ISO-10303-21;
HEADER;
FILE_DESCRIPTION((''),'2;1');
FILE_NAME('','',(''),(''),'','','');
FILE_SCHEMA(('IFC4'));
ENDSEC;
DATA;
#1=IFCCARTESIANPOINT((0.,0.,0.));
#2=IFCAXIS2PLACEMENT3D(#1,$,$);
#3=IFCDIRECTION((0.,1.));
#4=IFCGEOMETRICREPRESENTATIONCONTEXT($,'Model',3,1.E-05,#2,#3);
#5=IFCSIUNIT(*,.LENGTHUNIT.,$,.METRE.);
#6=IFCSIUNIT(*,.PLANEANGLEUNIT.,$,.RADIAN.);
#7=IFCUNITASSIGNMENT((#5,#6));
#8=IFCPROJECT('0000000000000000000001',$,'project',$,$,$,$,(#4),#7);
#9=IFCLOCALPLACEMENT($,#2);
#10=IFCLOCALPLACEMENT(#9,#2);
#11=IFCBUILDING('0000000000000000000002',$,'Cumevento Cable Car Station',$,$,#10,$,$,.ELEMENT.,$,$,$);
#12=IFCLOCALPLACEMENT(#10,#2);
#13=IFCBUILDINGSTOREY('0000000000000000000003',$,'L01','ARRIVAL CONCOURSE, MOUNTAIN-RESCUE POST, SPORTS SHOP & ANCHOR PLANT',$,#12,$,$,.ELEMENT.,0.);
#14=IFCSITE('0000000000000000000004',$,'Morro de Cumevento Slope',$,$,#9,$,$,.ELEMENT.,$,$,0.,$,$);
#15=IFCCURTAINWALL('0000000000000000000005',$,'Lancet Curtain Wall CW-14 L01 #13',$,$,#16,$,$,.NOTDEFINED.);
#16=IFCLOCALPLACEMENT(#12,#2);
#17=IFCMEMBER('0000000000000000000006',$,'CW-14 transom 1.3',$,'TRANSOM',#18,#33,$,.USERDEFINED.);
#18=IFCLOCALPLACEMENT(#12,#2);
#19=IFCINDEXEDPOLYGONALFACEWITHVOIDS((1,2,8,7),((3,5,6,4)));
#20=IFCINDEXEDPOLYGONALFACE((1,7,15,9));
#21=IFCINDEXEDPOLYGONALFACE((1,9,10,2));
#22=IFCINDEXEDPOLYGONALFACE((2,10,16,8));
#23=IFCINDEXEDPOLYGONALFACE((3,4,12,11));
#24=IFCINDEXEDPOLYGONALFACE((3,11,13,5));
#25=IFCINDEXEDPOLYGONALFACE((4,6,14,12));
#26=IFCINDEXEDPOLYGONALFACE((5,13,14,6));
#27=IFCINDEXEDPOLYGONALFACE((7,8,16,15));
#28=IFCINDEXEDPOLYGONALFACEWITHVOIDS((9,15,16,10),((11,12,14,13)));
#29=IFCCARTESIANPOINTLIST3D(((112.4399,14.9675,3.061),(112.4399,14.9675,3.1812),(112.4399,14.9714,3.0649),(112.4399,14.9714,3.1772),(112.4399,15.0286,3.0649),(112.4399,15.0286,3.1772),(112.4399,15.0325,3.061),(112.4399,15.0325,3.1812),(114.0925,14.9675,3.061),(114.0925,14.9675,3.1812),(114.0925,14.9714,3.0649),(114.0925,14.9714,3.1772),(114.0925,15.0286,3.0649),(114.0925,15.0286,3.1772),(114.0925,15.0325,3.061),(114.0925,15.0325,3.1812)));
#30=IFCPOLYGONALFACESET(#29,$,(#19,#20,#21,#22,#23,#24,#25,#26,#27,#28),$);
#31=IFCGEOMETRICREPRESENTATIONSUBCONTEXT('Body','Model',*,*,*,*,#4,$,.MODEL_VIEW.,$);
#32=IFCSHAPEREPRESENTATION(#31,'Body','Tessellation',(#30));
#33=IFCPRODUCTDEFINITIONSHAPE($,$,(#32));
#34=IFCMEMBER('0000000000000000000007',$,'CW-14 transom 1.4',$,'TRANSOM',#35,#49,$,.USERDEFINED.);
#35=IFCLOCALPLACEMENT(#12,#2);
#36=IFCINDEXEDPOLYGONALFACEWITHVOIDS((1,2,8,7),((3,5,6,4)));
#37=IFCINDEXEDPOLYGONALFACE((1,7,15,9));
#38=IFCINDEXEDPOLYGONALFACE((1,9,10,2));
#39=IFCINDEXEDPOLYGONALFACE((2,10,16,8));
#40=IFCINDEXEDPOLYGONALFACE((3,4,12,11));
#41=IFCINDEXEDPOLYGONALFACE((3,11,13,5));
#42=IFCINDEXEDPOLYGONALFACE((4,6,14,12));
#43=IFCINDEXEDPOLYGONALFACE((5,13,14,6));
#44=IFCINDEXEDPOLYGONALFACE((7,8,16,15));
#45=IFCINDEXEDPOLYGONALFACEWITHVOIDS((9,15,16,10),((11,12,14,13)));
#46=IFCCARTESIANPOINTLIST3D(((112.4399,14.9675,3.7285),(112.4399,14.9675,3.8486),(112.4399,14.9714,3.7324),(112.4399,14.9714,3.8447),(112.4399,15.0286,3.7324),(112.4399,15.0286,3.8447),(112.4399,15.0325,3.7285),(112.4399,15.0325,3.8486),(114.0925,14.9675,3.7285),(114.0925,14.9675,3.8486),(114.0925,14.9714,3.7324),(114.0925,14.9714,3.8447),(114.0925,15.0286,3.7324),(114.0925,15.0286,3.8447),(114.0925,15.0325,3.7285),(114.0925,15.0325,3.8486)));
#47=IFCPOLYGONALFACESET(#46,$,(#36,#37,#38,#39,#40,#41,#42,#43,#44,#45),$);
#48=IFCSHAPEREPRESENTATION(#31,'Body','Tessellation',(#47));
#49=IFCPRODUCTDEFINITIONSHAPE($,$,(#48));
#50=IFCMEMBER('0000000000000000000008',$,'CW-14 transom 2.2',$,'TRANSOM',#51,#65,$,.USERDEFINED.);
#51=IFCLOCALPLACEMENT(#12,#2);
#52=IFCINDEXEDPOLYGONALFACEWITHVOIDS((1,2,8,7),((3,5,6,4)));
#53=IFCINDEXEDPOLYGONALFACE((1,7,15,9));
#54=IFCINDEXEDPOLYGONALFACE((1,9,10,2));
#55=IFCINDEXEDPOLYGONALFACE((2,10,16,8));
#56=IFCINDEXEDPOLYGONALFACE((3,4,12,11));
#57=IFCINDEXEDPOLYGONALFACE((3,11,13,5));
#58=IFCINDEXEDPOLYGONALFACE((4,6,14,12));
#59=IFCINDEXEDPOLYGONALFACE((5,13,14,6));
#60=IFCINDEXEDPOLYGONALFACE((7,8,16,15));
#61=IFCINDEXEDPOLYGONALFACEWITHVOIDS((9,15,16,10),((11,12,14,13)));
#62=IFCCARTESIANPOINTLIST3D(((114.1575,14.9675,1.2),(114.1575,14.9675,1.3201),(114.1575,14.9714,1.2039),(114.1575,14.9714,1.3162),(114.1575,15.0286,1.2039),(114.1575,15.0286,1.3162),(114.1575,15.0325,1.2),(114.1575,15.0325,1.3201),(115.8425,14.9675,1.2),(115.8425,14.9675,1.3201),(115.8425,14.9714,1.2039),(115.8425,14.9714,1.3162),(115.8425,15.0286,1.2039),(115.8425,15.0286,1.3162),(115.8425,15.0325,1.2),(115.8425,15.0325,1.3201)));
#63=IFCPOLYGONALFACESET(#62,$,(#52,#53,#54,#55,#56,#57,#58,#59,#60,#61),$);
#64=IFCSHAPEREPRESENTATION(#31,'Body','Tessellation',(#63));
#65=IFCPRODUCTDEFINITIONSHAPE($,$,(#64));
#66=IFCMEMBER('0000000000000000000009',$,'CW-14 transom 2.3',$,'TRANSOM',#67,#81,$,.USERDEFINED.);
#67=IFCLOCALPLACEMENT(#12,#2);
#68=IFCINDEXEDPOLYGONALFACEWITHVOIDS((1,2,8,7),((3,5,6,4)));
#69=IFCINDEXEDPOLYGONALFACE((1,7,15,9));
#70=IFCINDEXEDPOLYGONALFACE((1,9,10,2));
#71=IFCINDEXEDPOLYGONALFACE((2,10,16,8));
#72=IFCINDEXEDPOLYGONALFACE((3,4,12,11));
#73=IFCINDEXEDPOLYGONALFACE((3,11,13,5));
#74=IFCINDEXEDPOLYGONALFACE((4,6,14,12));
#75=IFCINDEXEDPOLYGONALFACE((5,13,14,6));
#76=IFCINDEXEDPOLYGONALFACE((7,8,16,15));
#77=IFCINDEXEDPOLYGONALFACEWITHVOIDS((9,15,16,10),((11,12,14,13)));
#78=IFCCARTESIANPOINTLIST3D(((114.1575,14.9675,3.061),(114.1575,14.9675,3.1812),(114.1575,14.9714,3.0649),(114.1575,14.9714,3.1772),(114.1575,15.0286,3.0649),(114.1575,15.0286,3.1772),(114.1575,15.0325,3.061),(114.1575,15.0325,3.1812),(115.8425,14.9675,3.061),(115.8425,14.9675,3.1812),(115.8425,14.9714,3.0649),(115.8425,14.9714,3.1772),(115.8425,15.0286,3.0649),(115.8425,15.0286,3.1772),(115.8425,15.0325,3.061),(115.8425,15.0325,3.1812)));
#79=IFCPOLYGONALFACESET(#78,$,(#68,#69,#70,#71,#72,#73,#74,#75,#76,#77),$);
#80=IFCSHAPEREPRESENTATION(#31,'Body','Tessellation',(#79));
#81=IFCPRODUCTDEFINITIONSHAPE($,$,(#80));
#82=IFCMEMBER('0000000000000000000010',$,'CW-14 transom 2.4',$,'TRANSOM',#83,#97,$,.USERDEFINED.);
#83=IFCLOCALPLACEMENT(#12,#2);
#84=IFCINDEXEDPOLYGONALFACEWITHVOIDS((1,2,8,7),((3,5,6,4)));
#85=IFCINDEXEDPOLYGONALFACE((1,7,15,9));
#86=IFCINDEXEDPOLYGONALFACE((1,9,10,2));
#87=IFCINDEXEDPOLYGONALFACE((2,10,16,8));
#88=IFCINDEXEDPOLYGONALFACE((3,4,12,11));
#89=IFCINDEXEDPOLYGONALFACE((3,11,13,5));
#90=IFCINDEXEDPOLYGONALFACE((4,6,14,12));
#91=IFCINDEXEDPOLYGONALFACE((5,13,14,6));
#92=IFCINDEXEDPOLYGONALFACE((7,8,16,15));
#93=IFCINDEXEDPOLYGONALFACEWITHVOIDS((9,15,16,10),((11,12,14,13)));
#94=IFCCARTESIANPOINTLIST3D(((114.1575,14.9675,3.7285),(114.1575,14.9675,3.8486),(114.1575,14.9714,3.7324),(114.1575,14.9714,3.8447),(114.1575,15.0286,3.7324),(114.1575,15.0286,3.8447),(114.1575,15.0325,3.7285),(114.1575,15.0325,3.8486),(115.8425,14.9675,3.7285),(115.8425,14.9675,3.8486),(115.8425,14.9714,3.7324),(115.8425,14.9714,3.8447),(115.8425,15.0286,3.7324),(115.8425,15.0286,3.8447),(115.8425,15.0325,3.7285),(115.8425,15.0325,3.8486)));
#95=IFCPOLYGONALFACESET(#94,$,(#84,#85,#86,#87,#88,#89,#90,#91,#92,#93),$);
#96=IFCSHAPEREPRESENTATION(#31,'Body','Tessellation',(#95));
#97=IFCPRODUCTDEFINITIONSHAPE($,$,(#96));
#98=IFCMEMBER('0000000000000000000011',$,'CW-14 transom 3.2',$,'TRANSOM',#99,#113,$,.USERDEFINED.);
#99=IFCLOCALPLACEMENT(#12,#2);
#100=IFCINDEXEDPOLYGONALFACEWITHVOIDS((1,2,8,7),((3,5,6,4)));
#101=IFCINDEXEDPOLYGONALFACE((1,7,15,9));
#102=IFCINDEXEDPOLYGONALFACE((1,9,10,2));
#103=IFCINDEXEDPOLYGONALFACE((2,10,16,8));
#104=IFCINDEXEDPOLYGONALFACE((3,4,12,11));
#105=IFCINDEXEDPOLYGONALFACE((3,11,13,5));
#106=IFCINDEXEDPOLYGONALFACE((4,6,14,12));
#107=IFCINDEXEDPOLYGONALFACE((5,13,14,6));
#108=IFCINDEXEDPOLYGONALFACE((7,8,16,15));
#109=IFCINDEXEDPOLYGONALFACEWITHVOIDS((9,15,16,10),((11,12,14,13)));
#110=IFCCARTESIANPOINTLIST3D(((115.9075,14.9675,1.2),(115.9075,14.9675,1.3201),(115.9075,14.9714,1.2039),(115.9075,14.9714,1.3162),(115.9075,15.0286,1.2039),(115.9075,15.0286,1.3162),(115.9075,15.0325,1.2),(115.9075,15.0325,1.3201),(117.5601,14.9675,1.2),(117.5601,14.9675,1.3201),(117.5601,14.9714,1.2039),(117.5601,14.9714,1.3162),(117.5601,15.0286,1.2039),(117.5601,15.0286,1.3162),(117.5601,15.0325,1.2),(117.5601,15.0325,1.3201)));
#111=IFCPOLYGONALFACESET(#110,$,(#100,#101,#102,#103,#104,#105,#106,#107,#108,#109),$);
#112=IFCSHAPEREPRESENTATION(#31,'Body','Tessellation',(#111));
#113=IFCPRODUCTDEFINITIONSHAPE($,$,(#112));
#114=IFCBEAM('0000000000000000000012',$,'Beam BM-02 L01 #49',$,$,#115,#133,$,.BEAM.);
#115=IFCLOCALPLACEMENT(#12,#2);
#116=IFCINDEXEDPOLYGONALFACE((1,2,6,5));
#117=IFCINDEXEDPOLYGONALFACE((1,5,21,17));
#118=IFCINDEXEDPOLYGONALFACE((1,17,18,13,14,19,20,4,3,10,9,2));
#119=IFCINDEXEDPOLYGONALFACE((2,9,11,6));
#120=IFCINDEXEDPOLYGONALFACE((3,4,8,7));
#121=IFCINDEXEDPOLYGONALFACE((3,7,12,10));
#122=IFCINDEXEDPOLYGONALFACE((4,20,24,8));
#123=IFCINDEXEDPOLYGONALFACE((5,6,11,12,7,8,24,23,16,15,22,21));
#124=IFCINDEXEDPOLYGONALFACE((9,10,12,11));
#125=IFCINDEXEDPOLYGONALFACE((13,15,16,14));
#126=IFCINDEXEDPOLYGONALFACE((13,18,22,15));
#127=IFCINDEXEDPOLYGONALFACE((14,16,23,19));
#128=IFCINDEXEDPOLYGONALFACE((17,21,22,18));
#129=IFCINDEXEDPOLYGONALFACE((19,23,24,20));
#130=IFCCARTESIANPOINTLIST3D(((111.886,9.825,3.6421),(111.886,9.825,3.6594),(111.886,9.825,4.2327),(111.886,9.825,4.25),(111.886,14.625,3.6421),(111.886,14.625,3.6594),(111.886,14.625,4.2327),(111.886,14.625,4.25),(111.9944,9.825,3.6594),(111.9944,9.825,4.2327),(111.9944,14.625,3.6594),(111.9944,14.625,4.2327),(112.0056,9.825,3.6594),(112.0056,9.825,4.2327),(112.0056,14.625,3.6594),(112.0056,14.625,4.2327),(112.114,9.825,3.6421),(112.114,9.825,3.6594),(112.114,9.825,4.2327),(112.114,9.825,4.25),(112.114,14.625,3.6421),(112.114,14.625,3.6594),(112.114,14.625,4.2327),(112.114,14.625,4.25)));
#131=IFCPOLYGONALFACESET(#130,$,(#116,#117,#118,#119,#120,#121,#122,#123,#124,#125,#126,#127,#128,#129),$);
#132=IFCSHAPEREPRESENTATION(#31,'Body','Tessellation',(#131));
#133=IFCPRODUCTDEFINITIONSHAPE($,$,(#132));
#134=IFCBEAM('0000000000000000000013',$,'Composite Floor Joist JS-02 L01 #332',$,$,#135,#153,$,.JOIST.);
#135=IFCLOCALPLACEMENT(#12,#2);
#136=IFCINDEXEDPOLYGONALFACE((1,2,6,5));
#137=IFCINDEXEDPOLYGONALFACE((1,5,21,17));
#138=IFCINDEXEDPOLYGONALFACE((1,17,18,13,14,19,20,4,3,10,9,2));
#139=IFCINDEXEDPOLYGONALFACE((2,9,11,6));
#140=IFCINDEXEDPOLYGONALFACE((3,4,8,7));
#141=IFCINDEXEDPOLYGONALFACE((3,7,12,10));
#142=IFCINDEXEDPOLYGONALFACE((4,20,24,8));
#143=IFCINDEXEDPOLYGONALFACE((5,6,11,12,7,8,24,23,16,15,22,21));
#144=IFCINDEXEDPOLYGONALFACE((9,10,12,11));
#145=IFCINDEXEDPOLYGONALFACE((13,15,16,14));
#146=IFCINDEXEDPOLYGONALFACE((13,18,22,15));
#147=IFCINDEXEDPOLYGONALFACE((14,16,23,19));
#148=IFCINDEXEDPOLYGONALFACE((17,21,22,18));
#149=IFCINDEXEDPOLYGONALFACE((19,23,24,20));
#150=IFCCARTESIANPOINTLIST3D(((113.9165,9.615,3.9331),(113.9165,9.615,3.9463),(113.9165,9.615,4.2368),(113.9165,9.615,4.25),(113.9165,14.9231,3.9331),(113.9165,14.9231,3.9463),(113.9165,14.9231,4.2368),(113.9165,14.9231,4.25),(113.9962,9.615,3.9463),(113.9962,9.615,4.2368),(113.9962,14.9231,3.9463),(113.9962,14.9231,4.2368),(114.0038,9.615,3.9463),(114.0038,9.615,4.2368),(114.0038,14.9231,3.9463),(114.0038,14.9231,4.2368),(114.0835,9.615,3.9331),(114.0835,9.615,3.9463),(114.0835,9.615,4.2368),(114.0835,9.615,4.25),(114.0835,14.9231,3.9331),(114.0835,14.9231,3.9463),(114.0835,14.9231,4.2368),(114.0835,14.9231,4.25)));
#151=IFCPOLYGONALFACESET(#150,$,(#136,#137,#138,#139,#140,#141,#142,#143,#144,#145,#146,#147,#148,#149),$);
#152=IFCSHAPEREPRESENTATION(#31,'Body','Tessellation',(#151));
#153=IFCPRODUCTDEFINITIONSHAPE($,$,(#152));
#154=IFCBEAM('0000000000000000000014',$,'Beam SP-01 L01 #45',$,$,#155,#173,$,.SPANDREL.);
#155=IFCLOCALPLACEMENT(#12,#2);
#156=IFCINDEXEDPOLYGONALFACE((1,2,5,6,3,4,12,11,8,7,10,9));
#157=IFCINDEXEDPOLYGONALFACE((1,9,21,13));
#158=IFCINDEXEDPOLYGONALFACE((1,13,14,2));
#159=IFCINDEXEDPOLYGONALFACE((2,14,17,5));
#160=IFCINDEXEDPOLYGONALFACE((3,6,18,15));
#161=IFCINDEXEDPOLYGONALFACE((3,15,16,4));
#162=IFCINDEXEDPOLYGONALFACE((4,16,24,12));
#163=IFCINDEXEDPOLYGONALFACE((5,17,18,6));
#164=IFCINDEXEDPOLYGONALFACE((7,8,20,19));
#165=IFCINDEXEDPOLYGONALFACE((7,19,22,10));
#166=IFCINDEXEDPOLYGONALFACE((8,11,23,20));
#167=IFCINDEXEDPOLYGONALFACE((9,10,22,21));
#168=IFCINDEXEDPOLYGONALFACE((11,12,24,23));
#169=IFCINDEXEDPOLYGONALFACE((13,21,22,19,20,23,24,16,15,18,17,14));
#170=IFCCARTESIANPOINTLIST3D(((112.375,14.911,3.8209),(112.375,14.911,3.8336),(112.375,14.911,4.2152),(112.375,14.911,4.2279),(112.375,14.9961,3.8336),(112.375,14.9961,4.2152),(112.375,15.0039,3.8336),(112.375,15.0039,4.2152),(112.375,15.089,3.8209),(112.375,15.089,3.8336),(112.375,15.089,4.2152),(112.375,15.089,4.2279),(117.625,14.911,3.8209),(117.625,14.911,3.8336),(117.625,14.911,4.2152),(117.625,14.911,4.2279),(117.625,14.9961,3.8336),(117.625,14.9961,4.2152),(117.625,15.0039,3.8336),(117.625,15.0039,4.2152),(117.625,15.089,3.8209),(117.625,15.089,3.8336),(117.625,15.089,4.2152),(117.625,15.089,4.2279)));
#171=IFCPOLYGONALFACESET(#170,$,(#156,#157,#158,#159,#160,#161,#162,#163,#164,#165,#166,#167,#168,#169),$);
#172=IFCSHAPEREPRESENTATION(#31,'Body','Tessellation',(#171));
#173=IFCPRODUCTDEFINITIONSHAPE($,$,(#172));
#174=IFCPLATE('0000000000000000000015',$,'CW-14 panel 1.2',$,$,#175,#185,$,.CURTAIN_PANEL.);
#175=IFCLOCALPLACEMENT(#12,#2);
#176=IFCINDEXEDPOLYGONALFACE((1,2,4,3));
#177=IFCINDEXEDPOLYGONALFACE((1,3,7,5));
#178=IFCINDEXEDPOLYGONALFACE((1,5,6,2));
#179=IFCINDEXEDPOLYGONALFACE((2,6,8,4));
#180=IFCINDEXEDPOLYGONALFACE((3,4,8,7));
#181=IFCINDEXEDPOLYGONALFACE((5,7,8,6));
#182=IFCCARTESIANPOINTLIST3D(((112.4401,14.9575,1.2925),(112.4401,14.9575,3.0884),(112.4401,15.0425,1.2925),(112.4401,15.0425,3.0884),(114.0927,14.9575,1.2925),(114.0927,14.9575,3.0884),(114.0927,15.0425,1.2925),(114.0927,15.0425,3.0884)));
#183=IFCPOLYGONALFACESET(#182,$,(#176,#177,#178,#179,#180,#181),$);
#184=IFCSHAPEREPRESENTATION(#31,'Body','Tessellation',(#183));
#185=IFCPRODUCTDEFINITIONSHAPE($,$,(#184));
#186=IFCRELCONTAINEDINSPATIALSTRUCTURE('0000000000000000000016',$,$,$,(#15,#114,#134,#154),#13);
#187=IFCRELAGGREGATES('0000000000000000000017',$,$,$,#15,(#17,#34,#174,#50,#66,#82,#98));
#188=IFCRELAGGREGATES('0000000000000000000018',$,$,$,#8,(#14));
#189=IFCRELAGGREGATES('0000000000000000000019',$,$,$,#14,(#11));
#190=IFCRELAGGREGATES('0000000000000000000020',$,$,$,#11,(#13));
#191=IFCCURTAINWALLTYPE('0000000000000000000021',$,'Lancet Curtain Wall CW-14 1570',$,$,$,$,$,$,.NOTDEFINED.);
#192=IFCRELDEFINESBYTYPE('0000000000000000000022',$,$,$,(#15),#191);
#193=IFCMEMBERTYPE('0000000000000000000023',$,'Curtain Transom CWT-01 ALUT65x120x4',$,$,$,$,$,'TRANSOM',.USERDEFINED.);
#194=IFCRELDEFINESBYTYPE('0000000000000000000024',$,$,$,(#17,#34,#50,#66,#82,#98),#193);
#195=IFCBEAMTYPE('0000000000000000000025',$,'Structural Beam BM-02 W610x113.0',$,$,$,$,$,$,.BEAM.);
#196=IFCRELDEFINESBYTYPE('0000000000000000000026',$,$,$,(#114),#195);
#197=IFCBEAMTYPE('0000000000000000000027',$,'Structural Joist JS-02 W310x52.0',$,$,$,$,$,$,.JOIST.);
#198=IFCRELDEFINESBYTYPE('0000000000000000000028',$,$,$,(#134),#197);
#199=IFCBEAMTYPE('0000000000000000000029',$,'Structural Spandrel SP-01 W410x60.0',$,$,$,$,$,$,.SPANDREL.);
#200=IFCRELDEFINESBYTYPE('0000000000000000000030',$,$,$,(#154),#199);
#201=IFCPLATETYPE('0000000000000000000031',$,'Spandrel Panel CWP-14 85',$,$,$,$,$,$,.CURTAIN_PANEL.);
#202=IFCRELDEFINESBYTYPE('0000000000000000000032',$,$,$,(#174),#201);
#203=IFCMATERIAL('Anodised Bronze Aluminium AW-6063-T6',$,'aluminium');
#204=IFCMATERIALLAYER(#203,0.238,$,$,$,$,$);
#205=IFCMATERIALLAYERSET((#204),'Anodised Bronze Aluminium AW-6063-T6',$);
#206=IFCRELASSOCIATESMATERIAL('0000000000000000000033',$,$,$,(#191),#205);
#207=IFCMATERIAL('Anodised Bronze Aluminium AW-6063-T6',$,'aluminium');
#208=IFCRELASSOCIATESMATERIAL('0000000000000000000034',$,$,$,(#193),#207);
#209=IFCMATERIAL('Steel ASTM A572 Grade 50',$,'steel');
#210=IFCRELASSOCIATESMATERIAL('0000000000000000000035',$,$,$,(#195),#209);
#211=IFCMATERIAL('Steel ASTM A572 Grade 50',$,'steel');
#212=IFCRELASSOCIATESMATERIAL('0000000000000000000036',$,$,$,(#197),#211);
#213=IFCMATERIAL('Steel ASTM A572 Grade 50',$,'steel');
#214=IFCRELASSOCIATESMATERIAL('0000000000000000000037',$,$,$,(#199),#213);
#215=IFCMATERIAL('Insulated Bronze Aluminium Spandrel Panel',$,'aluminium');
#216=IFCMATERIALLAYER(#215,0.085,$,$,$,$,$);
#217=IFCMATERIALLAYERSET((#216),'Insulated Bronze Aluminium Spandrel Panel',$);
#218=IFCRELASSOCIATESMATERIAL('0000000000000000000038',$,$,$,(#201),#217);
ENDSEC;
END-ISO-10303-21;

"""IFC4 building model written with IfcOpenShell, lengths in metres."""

from ifc_helpers import new_model, si_unit, direction, frame, origin, origin_2d, place, context, subcontext, project, spatial, rectangle, hollow_rectangle, i_section, extrude, material, layer, layer_set, material_profile, profile_set, type_object, element, aggregate, save


model = new_model("IFC4")

# Units and contexts
model_context = context("Model", 3, precision=1e-05, world=origin(), true_north=direction((0.0, 1.0)))
body_context = subcontext(model_context, "Body", "Model", "MODEL_VIEW")
ifc_project = project(units=[si_unit("LENGTHUNIT", "METRE"), si_unit("PLANEANGLEUNIT", "RADIAN")], contexts=[model_context])

# Site, building, storey
site_placement = place(None, origin())
site = spatial("IfcSite", under=ifc_project, at=site_placement, Name="Morro de Cumevento Slope", CompositionType="ELEMENT", RefElevation=0.0)
building_placement = place(site_placement, origin())
building = spatial("IfcBuilding", under=site, at=building_placement, Name="Cumevento Cable Car Station", CompositionType="ELEMENT")
storey_placement = place(building_placement, origin())
storey = spatial("IfcBuildingStorey", under=building, at=storey_placement, Name="L01", Description="ARRIVAL CONCOURSE, MOUNTAIN-RESCUE POST, SPORTS SHOP & ANCHOR PLANT", CompositionType="ELEMENT", Elevation=0.0)

# Curtain wall, members
ifc_material_1 = material(Name="Anodised Bronze Aluminium AW-6063-T6", Category="aluminium")
ifc_layer_1 = layer(ifc_material_1, 0.238)
ifc_layer_set_1 = layer_set([ifc_layer_1], Name="Anodised Bronze Aluminium AW-6063-T6")
curtain_wall_type = type_object("IfcCurtainWallType", Name="Lancet Curtain Wall CW-14 1570", PredefinedType="NOTDEFINED", material=ifc_layer_set_1)
curtain_wall_placement = place(storey_placement, origin())
curtain_wall = element("IfcCurtainWall", 1, at=curtain_wall_placement, inside=storey, type_object=curtain_wall_type, Name="Lancet Curtain Wall CW-14 L01 #13", PredefinedType="NOTDEFINED")
ifc_material_2 = material(Name="Anodised Bronze Aluminium AW-6063-T6", Category="aluminium")
ifc_material_profile_1 = material_profile(ifc_material_2, hollow_rectangle(XDim=0.0649, YDim=0.1201, WallThickness=0.0039, at=origin_2d()), Name="ALUT65x120x4")
ifc_profile_set_1 = profile_set([ifc_material_profile_1], Name="Anodised Bronze Aluminium AW-6063-T6")
member_type = type_object("IfcMemberType", Name="Curtain Transom CWT-01 ALUT65x120x4", ElementType="TRANSOM", PredefinedType="USERDEFINED", material=ifc_profile_set_1)
member_1_placement = place(storey_placement, frame((112.4399, 15.0, 3.1211), z_axis=(1.0, 0.0, 0.0), x_axis=(0.0, 1.0, 0.0)))
member_1 = element("IfcMember", 2, at=member_1_placement, type_object=member_type, Name="CW-14 transom 1.3", ObjectType="TRANSOM", PredefinedType="USERDEFINED", context=body_context, shape_type="SweptSolid", body=[
    extrude(hollow_rectangle(XDim=0.0649, YDim=0.1201, WallThickness=0.0039, at=origin_2d()), origin(), (0.0, 0.0, 1.0), 1.6526),
])
member_2_placement = place(storey_placement, frame((112.4399, 15.0, 3.7886), z_axis=(1.0, 0.0, 0.0), x_axis=(0.0, 1.0, 0.0)))
member_2 = element("IfcMember", 3, at=member_2_placement, type_object=member_type, Name="CW-14 transom 1.4", ObjectType="TRANSOM", PredefinedType="USERDEFINED", context=body_context, shape_type="SweptSolid", body=[
    extrude(hollow_rectangle(XDim=0.0649, YDim=0.1201, WallThickness=0.0039, at=origin_2d()), origin(), (0.0, 0.0, 1.0), 1.6526),
])
member_3_placement = place(storey_placement, frame((114.1575, 15.0, 1.26), z_axis=(1.0, 0.0, 0.0), x_axis=(0.0, 1.0, 0.0)))
member_3 = element("IfcMember", 4, at=member_3_placement, type_object=member_type, Name="CW-14 transom 2.2", ObjectType="TRANSOM", PredefinedType="USERDEFINED", context=body_context, shape_type="SweptSolid", body=[
    extrude(hollow_rectangle(XDim=0.0649, YDim=0.1201, WallThickness=0.0039, at=origin_2d()), origin(), (0.0, 0.0, 1.0), 1.6851),
])
member_4_placement = place(storey_placement, frame((114.1575, 15.0, 3.1211), z_axis=(1.0, 0.0, 0.0), x_axis=(0.0, 1.0, 0.0)))
member_4 = element("IfcMember", 5, at=member_4_placement, type_object=member_type, Name="CW-14 transom 2.3", ObjectType="TRANSOM", PredefinedType="USERDEFINED", context=body_context, shape_type="SweptSolid", body=[
    extrude(hollow_rectangle(XDim=0.0649, YDim=0.1201, WallThickness=0.0039, at=origin_2d()), origin(), (0.0, 0.0, 1.0), 1.6851),
])
member_5_placement = place(storey_placement, frame((114.1575, 15.0, 3.7886), z_axis=(1.0, 0.0, 0.0), x_axis=(0.0, 1.0, 0.0)))
member_5 = element("IfcMember", 6, at=member_5_placement, type_object=member_type, Name="CW-14 transom 2.4", ObjectType="TRANSOM", PredefinedType="USERDEFINED", context=body_context, shape_type="SweptSolid", body=[
    extrude(hollow_rectangle(XDim=0.0649, YDim=0.1201, WallThickness=0.0039, at=origin_2d()), origin(), (0.0, 0.0, 1.0), 1.6851),
])
member_6_placement = place(storey_placement, frame((115.9075, 15.0, 1.26), z_axis=(1.0, 0.0, 0.0), x_axis=(0.0, 1.0, 0.0)))
member_6 = element("IfcMember", 7, at=member_6_placement, type_object=member_type, Name="CW-14 transom 3.2", ObjectType="TRANSOM", PredefinedType="USERDEFINED", context=body_context, shape_type="SweptSolid", body=[
    extrude(hollow_rectangle(XDim=0.0649, YDim=0.1201, WallThickness=0.0039, at=origin_2d()), origin(), (0.0, 0.0, 1.0), 1.6526),
])

# Beams
ifc_material_3 = material(Name="Steel ASTM A572 Grade 50", Category="steel")
ifc_material_profile_2 = material_profile(ifc_material_3, i_section(OverallWidth=0.228, OverallDepth=0.6079, WebThickness=0.0112, FlangeThickness=0.0173, at=origin_2d()), Name="W610x113.0")
ifc_profile_set_2 = profile_set([ifc_material_profile_2], Name="Steel ASTM A572 Grade 50")
beam_type_1 = type_object("IfcBeamType", Name="Structural Beam BM-02 W610x113.0", PredefinedType="BEAM", material=ifc_profile_set_2)
beam_1_placement = place(storey_placement, frame((112.0, 9.825, 3.946), z_axis=(0.0, 1.0, 0.0), x_axis=(-1.0, 0.0, 0.0)))
element("IfcBeam", 8, at=beam_1_placement, inside=storey, type_object=beam_type_1, Name="Beam BM-02 L01 #49", PredefinedType="BEAM", context=body_context, shape_type="SweptSolid", body=[
    extrude(i_section(OverallWidth=0.228, OverallDepth=0.6079, WebThickness=0.0112, FlangeThickness=0.0173, at=origin_2d()), origin(), (0.0, 0.0, 1.0), 4.8),
])
ifc_material_4 = material(Name="Steel ASTM A572 Grade 50", Category="steel")
ifc_material_profile_3 = material_profile(ifc_material_4, i_section(OverallWidth=0.167, OverallDepth=0.3169, WebThickness=0.0076, FlangeThickness=0.0132, at=origin_2d()), Name="W310x52.0")
ifc_profile_set_3 = profile_set([ifc_material_profile_3], Name="Steel ASTM A572 Grade 50")
beam_type_2 = type_object("IfcBeamType", Name="Structural Joist JS-02 W310x52.0", PredefinedType="JOIST", material=ifc_profile_set_3)
beam_2_placement = place(storey_placement, frame((114.0, 9.615, 4.0916), z_axis=(0.0, 1.0, 0.0), x_axis=(-1.0, 0.0, 0.0)))
element("IfcBeam", 9, at=beam_2_placement, inside=storey, type_object=beam_type_2, Name="Composite Floor Joist JS-02 L01 #332", PredefinedType="JOIST", context=body_context, shape_type="SweptSolid", body=[
    extrude(i_section(OverallWidth=0.167, OverallDepth=0.3169, WebThickness=0.0076, FlangeThickness=0.0132, at=origin_2d()), origin(), (0.0, 0.0, 1.0), 5.3081),
])
ifc_material_5 = material(Name="Steel ASTM A572 Grade 50", Category="steel")
ifc_material_profile_4 = material_profile(ifc_material_5, i_section(OverallWidth=0.178, OverallDepth=0.407, WebThickness=0.0078, FlangeThickness=0.0127, at=origin_2d()), Name="W410x60.0")
ifc_profile_set_4 = profile_set([ifc_material_profile_4], Name="Steel ASTM A572 Grade 50")
beam_type_3 = type_object("IfcBeamType", Name="Structural Spandrel SP-01 W410x60.0", PredefinedType="SPANDREL", material=ifc_profile_set_4)
beam_3_placement = place(storey_placement, frame((112.375, 15.0, 4.0244), z_axis=(1.0, 0.0, 0.0), x_axis=(0.0, 1.0, 0.0)))
element("IfcBeam", 10, at=beam_3_placement, inside=storey, type_object=beam_type_3, Name="Beam SP-01 L01 #45", PredefinedType="SPANDREL", context=body_context, shape_type="SweptSolid", body=[
    extrude(i_section(OverallWidth=0.178, OverallDepth=0.407, WebThickness=0.0078, FlangeThickness=0.0127, at=origin_2d()), origin(), (0.0, 0.0, 1.0), 5.25),
])

# Plate
ifc_material_6 = material(Name="Insulated Bronze Aluminium Spandrel Panel", Category="aluminium")
ifc_layer_2 = layer(ifc_material_6, 0.085)
ifc_layer_set_2 = layer_set([ifc_layer_2], Name="Insulated Bronze Aluminium Spandrel Panel")
plate_type = type_object("IfcPlateType", Name="Spandrel Panel CWP-14 85", PredefinedType="CURTAIN_PANEL", material=ifc_layer_set_2)
plate_1_placement = place(storey_placement, frame((113.2664, 15.0, 1.2925), z_axis=(0.0, 0.0, 1.0), x_axis=(1.0, 0.0, 0.0)))
plate_1 = element("IfcPlate", 11, at=plate_1_placement, type_object=plate_type, Name="CW-14 panel 1.2", PredefinedType="CURTAIN_PANEL", context=body_context, shape_type="SweptSolid", body=[
    extrude(rectangle(XDim=1.6526, YDim=0.085, at=origin_2d()), origin(), (0.0, 0.0, 1.0), 1.7959),
])
aggregate(curtain_wall, [member_1, member_2, plate_1, member_3, member_4, member_5, member_6])

save(model, "model.ifc")
